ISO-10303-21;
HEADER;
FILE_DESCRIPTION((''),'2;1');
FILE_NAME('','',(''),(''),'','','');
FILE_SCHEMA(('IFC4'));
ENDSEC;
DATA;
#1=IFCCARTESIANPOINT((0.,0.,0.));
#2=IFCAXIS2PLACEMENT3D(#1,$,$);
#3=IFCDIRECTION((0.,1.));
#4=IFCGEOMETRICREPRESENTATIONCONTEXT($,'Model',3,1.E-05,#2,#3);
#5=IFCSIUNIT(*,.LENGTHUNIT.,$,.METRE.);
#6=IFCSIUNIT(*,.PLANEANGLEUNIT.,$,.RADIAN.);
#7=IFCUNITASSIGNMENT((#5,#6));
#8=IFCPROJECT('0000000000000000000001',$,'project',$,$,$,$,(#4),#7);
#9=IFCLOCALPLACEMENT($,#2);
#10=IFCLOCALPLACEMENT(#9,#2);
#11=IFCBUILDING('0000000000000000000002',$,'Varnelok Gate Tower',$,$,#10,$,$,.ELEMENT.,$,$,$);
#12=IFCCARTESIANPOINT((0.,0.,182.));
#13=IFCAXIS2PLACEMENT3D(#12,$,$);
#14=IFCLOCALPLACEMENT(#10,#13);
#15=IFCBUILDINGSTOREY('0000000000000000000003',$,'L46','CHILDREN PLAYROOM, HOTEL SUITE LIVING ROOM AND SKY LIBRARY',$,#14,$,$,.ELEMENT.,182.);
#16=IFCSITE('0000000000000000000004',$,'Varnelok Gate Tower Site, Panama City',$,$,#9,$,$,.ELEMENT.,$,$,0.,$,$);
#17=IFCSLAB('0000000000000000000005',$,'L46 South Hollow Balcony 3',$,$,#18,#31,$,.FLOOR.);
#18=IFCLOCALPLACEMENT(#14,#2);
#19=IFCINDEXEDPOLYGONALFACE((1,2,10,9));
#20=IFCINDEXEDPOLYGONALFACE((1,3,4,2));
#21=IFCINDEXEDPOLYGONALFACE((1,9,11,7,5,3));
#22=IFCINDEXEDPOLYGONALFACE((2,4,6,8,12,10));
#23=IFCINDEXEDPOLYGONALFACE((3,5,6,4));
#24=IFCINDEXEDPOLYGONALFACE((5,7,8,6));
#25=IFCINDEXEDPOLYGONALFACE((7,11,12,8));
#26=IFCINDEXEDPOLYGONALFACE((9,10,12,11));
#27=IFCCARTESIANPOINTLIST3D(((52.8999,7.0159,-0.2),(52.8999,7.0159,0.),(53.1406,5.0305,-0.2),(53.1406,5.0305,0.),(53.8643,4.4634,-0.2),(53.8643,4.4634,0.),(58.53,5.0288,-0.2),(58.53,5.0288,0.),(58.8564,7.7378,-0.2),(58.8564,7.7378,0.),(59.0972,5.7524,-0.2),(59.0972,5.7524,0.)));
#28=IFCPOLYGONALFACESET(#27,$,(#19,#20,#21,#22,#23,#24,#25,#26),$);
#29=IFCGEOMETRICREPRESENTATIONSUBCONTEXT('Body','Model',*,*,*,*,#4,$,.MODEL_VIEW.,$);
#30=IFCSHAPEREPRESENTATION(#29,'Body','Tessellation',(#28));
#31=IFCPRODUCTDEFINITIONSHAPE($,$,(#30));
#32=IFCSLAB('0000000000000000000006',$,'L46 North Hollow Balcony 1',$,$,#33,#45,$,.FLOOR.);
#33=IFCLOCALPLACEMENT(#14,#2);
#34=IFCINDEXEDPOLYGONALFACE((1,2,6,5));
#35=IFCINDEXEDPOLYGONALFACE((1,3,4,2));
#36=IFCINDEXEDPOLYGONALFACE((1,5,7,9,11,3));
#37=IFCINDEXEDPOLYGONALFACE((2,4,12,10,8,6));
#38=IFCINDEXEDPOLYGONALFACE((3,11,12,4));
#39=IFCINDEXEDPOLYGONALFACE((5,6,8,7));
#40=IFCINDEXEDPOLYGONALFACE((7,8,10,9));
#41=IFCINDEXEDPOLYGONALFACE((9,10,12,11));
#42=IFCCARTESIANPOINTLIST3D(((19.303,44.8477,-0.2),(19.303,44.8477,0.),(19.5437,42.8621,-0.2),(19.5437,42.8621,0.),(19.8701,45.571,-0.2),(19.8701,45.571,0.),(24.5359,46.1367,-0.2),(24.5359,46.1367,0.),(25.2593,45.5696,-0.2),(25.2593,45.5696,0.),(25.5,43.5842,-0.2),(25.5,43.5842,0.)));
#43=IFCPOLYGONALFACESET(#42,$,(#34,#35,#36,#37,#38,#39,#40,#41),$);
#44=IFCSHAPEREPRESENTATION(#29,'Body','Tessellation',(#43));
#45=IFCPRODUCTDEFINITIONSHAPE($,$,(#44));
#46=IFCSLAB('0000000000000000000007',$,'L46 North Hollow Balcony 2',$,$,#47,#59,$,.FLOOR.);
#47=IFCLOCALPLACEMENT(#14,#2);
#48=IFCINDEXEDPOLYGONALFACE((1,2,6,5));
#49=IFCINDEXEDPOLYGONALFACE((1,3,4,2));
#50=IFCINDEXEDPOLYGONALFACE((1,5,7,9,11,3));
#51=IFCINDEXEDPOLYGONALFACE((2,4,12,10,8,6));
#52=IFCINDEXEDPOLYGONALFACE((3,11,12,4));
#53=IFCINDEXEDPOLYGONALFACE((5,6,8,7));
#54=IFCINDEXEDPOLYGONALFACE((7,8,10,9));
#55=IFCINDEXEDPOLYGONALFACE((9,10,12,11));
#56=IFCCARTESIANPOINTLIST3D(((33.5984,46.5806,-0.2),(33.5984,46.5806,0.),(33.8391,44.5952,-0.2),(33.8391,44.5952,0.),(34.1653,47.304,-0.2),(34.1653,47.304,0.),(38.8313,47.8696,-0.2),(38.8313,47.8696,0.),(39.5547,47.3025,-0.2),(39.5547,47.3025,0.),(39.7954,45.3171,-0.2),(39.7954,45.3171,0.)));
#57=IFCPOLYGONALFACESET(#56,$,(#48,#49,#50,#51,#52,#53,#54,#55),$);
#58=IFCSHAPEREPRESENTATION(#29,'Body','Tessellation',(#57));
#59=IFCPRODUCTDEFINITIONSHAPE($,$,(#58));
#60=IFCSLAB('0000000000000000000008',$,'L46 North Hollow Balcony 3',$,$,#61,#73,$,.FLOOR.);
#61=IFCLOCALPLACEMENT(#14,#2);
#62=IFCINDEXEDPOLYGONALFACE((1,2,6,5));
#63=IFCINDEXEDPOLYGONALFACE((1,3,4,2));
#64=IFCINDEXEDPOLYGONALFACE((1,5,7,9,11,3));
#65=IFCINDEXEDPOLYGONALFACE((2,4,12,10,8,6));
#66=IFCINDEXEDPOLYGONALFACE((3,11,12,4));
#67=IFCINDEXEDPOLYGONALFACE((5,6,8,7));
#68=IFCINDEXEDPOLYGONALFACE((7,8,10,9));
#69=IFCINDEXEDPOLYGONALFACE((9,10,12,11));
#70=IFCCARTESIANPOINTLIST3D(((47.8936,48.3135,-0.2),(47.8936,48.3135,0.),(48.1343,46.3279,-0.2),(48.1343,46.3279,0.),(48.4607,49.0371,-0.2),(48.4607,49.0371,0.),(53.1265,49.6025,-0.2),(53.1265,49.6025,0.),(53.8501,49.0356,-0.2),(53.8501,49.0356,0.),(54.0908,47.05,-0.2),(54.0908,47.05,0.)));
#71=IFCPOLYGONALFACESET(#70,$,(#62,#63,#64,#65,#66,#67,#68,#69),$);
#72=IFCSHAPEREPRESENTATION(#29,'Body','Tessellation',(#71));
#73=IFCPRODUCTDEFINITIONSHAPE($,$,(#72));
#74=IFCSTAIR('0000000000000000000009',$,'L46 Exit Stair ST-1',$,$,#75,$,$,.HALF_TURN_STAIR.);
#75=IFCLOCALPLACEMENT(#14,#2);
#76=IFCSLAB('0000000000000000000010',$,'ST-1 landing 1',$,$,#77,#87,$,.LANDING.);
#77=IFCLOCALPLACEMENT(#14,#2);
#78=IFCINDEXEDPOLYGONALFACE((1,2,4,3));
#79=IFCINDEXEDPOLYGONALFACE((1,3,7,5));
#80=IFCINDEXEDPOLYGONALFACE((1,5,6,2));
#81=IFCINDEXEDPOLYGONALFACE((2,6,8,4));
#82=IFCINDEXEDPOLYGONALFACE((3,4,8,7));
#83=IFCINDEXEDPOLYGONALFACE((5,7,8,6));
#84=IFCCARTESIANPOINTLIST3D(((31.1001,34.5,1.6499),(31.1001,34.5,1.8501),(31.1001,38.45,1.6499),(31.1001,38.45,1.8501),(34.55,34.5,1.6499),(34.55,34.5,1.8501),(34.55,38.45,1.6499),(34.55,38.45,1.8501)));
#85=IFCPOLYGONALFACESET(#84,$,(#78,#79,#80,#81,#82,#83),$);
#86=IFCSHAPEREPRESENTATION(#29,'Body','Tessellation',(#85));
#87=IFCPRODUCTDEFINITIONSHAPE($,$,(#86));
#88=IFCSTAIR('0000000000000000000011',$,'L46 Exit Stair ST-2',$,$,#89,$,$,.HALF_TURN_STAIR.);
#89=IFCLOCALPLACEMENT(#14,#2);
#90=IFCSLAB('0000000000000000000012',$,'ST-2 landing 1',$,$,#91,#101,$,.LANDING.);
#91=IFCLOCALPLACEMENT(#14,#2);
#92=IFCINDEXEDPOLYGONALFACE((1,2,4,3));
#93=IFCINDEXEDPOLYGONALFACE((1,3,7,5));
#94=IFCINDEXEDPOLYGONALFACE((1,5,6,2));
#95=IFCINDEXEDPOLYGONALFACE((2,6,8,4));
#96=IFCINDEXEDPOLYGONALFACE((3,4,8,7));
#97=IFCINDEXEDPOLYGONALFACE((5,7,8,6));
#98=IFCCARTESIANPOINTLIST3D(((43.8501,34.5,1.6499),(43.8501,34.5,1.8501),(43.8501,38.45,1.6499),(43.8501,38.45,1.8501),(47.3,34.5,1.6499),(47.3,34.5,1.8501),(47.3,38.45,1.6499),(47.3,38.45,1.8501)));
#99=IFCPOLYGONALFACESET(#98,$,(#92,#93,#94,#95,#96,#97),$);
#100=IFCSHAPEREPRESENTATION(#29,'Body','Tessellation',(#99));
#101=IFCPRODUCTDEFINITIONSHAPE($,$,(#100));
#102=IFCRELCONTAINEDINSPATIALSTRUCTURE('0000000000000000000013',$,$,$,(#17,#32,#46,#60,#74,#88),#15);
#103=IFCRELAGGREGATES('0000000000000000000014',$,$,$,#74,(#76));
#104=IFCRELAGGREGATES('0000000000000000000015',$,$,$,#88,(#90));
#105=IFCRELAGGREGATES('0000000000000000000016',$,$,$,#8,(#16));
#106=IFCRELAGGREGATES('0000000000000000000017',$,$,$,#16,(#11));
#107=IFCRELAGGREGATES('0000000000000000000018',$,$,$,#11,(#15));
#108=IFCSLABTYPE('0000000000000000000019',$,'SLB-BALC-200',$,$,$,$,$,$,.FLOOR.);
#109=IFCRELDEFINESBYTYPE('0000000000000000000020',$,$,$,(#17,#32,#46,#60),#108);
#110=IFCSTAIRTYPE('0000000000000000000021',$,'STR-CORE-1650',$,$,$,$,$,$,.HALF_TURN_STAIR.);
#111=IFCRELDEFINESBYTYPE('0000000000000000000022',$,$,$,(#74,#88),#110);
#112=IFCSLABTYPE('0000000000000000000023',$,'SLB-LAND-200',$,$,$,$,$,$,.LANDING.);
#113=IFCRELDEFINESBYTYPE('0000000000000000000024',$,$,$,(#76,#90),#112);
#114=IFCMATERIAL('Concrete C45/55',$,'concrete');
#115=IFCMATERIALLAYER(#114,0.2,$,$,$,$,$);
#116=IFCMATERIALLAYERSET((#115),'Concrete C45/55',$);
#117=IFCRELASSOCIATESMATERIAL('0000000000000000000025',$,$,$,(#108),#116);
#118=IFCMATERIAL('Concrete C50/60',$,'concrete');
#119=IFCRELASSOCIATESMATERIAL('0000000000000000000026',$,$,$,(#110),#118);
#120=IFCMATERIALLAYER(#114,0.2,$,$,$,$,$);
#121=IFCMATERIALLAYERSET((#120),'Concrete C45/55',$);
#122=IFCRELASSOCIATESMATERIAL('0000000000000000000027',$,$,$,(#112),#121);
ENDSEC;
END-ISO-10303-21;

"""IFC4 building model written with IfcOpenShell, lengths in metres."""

from ifc_helpers import new_model, si_unit, direction, frame, origin, place, context, subcontext, project, spatial, polyline, outline, extrude, material, layer, layer_set, type_object, element, aggregate, save


model = new_model("IFC4")

# Units and contexts
model_context = context("Model", 3, precision=1e-05, world=origin(), true_north=direction((0.0, 1.0)))
body_context = subcontext(model_context, "Body", "Model", "MODEL_VIEW")
ifc_project = project(units=[si_unit("LENGTHUNIT", "METRE"), si_unit("PLANEANGLEUNIT", "RADIAN")], contexts=[model_context])

# Site, building, storey
site_placement = place(None, origin())
site = spatial("IfcSite", under=ifc_project, at=site_placement, Name="Varnelok Gate Tower Site, Panama City", CompositionType="ELEMENT", RefElevation=0.0)
building_placement = place(site_placement, origin())
building = spatial("IfcBuilding", under=site, at=building_placement, Name="Varnelok Gate Tower", CompositionType="ELEMENT")
storey_placement = place(building_placement, frame((0.0, 0.0, 182.0)))
storey = spatial("IfcBuildingStorey", under=building, at=storey_placement, Name="L46", Description="CHILDREN PLAYROOM, HOTEL SUITE LIVING ROOM AND SKY LIBRARY", CompositionType="ELEMENT", Elevation=182.0)

# Slabs
ifc_material_1 = material(Name="Concrete C45/55", Category="concrete")
ifc_layer_1 = layer(ifc_material_1, 0.2)
ifc_layer_set_1 = layer_set([ifc_layer_1], Name="Concrete C45/55")
slab_type_1 = type_object("IfcSlabType", Name="SLB-BALC-200", PredefinedType="FLOOR", material=ifc_layer_set_1)
slab_1_placement = place(storey_placement, frame((0.0, 0.0, -0.2)))
element("IfcSlab", 1, at=slab_1_placement, inside=storey, type_object=slab_type_1, Name="L46 South Hollow Balcony 3", PredefinedType="FLOOR", context=body_context, shape_type="SweptSolid", body=[
    extrude(outline(polyline([(53.1406, 5.0305), (53.8643, 4.4634), (58.53, 5.0288), (59.0972, 5.7524), (58.8564, 7.7378), (52.8999, 7.0159), (53.1406, 5.0305)])), origin(), (0.0, 0.0, 1.0), 0.2),
])
slab_2_placement = place(storey_placement, frame((0.0, 0.0, -0.2)))
element("IfcSlab", 2, at=slab_2_placement, inside=storey, type_object=slab_type_1, Name="L46 North Hollow Balcony 1", PredefinedType="FLOOR", context=body_context, shape_type="SweptSolid", body=[
    extrude(outline(polyline([(19.5437, 42.8621), (25.5, 43.5842), (25.2593, 45.5696), (24.5359, 46.1367), (19.8701, 45.571), (19.303, 44.8477), (19.5437, 42.8621)])), origin(), (0.0, 0.0, 1.0), 0.2),
])
slab_3_placement = place(storey_placement, frame((0.0, 0.0, -0.2)))
element("IfcSlab", 3, at=slab_3_placement, inside=storey, type_object=slab_type_1, Name="L46 North Hollow Balcony 2", PredefinedType="FLOOR", context=body_context, shape_type="SweptSolid", body=[
    extrude(outline(polyline([(33.8391, 44.5952), (39.7954, 45.3171), (39.5547, 47.3025), (38.8313, 47.8696), (34.1653, 47.304), (33.5984, 46.5806), (33.8391, 44.5952)])), origin(), (0.0, 0.0, 1.0), 0.2),
])
slab_4_placement = place(storey_placement, frame((0.0, 0.0, -0.2)))
element("IfcSlab", 4, at=slab_4_placement, inside=storey, type_object=slab_type_1, Name="L46 North Hollow Balcony 3", PredefinedType="FLOOR", context=body_context, shape_type="SweptSolid", body=[
    extrude(outline(polyline([(48.1343, 46.3279), (54.0908, 47.05), (53.8501, 49.0356), (53.1265, 49.6025), (48.4607, 49.0371), (47.8936, 48.3135), (48.1343, 46.3279)])), origin(), (0.0, 0.0, 1.0), 0.2),
])

# Stairs, slabs
ifc_material_2 = material(Name="Concrete C50/60", Category="concrete")
stair_type = type_object("IfcStairType", Name="STR-CORE-1650", PredefinedType="HALF_TURN_STAIR", material=ifc_material_2)
stair_1_placement = place(storey_placement, origin())
stair_1 = element("IfcStair", 5, at=stair_1_placement, inside=storey, type_object=stair_type, Name="L46 Exit Stair ST-1", PredefinedType="HALF_TURN_STAIR")
ifc_layer_2 = layer(ifc_material_1, 0.2)
ifc_layer_set_2 = layer_set([ifc_layer_2], Name="Concrete C45/55")
slab_type_2 = type_object("IfcSlabType", Name="SLB-LAND-200", PredefinedType="LANDING", material=ifc_layer_set_2)
slab_5_placement = place(storey_placement, frame((0.0, 0.0, 1.6499)))
slab_5 = element("IfcSlab", 6, at=slab_5_placement, type_object=slab_type_2, Name="ST-1 landing 1", PredefinedType="LANDING", context=body_context, shape_type="SweptSolid", body=[
    extrude(outline(polyline([(34.55, 34.5), (34.55, 38.45), (31.1001, 38.45), (31.1001, 34.5), (34.55, 34.5)])), origin(), (0.0, 0.0, 1.0), 0.2002),
])
aggregate(stair_1, [slab_5])
stair_2_placement = place(storey_placement, origin())
stair_2 = element("IfcStair", 7, at=stair_2_placement, inside=storey, type_object=stair_type, Name="L46 Exit Stair ST-2", PredefinedType="HALF_TURN_STAIR")
slab_6_placement = place(storey_placement, frame((0.0, 0.0, 1.6499)))
slab_6 = element("IfcSlab", 8, at=slab_6_placement, type_object=slab_type_2, Name="ST-2 landing 1", PredefinedType="LANDING", context=body_context, shape_type="SweptSolid", body=[
    extrude(outline(polyline([(47.3, 34.5), (47.3, 38.45), (43.8501, 38.45), (43.8501, 34.5), (47.3, 34.5)])), origin(), (0.0, 0.0, 1.0), 0.2002),
])
aggregate(stair_2, [slab_6])

save(model, "model.ifc")
